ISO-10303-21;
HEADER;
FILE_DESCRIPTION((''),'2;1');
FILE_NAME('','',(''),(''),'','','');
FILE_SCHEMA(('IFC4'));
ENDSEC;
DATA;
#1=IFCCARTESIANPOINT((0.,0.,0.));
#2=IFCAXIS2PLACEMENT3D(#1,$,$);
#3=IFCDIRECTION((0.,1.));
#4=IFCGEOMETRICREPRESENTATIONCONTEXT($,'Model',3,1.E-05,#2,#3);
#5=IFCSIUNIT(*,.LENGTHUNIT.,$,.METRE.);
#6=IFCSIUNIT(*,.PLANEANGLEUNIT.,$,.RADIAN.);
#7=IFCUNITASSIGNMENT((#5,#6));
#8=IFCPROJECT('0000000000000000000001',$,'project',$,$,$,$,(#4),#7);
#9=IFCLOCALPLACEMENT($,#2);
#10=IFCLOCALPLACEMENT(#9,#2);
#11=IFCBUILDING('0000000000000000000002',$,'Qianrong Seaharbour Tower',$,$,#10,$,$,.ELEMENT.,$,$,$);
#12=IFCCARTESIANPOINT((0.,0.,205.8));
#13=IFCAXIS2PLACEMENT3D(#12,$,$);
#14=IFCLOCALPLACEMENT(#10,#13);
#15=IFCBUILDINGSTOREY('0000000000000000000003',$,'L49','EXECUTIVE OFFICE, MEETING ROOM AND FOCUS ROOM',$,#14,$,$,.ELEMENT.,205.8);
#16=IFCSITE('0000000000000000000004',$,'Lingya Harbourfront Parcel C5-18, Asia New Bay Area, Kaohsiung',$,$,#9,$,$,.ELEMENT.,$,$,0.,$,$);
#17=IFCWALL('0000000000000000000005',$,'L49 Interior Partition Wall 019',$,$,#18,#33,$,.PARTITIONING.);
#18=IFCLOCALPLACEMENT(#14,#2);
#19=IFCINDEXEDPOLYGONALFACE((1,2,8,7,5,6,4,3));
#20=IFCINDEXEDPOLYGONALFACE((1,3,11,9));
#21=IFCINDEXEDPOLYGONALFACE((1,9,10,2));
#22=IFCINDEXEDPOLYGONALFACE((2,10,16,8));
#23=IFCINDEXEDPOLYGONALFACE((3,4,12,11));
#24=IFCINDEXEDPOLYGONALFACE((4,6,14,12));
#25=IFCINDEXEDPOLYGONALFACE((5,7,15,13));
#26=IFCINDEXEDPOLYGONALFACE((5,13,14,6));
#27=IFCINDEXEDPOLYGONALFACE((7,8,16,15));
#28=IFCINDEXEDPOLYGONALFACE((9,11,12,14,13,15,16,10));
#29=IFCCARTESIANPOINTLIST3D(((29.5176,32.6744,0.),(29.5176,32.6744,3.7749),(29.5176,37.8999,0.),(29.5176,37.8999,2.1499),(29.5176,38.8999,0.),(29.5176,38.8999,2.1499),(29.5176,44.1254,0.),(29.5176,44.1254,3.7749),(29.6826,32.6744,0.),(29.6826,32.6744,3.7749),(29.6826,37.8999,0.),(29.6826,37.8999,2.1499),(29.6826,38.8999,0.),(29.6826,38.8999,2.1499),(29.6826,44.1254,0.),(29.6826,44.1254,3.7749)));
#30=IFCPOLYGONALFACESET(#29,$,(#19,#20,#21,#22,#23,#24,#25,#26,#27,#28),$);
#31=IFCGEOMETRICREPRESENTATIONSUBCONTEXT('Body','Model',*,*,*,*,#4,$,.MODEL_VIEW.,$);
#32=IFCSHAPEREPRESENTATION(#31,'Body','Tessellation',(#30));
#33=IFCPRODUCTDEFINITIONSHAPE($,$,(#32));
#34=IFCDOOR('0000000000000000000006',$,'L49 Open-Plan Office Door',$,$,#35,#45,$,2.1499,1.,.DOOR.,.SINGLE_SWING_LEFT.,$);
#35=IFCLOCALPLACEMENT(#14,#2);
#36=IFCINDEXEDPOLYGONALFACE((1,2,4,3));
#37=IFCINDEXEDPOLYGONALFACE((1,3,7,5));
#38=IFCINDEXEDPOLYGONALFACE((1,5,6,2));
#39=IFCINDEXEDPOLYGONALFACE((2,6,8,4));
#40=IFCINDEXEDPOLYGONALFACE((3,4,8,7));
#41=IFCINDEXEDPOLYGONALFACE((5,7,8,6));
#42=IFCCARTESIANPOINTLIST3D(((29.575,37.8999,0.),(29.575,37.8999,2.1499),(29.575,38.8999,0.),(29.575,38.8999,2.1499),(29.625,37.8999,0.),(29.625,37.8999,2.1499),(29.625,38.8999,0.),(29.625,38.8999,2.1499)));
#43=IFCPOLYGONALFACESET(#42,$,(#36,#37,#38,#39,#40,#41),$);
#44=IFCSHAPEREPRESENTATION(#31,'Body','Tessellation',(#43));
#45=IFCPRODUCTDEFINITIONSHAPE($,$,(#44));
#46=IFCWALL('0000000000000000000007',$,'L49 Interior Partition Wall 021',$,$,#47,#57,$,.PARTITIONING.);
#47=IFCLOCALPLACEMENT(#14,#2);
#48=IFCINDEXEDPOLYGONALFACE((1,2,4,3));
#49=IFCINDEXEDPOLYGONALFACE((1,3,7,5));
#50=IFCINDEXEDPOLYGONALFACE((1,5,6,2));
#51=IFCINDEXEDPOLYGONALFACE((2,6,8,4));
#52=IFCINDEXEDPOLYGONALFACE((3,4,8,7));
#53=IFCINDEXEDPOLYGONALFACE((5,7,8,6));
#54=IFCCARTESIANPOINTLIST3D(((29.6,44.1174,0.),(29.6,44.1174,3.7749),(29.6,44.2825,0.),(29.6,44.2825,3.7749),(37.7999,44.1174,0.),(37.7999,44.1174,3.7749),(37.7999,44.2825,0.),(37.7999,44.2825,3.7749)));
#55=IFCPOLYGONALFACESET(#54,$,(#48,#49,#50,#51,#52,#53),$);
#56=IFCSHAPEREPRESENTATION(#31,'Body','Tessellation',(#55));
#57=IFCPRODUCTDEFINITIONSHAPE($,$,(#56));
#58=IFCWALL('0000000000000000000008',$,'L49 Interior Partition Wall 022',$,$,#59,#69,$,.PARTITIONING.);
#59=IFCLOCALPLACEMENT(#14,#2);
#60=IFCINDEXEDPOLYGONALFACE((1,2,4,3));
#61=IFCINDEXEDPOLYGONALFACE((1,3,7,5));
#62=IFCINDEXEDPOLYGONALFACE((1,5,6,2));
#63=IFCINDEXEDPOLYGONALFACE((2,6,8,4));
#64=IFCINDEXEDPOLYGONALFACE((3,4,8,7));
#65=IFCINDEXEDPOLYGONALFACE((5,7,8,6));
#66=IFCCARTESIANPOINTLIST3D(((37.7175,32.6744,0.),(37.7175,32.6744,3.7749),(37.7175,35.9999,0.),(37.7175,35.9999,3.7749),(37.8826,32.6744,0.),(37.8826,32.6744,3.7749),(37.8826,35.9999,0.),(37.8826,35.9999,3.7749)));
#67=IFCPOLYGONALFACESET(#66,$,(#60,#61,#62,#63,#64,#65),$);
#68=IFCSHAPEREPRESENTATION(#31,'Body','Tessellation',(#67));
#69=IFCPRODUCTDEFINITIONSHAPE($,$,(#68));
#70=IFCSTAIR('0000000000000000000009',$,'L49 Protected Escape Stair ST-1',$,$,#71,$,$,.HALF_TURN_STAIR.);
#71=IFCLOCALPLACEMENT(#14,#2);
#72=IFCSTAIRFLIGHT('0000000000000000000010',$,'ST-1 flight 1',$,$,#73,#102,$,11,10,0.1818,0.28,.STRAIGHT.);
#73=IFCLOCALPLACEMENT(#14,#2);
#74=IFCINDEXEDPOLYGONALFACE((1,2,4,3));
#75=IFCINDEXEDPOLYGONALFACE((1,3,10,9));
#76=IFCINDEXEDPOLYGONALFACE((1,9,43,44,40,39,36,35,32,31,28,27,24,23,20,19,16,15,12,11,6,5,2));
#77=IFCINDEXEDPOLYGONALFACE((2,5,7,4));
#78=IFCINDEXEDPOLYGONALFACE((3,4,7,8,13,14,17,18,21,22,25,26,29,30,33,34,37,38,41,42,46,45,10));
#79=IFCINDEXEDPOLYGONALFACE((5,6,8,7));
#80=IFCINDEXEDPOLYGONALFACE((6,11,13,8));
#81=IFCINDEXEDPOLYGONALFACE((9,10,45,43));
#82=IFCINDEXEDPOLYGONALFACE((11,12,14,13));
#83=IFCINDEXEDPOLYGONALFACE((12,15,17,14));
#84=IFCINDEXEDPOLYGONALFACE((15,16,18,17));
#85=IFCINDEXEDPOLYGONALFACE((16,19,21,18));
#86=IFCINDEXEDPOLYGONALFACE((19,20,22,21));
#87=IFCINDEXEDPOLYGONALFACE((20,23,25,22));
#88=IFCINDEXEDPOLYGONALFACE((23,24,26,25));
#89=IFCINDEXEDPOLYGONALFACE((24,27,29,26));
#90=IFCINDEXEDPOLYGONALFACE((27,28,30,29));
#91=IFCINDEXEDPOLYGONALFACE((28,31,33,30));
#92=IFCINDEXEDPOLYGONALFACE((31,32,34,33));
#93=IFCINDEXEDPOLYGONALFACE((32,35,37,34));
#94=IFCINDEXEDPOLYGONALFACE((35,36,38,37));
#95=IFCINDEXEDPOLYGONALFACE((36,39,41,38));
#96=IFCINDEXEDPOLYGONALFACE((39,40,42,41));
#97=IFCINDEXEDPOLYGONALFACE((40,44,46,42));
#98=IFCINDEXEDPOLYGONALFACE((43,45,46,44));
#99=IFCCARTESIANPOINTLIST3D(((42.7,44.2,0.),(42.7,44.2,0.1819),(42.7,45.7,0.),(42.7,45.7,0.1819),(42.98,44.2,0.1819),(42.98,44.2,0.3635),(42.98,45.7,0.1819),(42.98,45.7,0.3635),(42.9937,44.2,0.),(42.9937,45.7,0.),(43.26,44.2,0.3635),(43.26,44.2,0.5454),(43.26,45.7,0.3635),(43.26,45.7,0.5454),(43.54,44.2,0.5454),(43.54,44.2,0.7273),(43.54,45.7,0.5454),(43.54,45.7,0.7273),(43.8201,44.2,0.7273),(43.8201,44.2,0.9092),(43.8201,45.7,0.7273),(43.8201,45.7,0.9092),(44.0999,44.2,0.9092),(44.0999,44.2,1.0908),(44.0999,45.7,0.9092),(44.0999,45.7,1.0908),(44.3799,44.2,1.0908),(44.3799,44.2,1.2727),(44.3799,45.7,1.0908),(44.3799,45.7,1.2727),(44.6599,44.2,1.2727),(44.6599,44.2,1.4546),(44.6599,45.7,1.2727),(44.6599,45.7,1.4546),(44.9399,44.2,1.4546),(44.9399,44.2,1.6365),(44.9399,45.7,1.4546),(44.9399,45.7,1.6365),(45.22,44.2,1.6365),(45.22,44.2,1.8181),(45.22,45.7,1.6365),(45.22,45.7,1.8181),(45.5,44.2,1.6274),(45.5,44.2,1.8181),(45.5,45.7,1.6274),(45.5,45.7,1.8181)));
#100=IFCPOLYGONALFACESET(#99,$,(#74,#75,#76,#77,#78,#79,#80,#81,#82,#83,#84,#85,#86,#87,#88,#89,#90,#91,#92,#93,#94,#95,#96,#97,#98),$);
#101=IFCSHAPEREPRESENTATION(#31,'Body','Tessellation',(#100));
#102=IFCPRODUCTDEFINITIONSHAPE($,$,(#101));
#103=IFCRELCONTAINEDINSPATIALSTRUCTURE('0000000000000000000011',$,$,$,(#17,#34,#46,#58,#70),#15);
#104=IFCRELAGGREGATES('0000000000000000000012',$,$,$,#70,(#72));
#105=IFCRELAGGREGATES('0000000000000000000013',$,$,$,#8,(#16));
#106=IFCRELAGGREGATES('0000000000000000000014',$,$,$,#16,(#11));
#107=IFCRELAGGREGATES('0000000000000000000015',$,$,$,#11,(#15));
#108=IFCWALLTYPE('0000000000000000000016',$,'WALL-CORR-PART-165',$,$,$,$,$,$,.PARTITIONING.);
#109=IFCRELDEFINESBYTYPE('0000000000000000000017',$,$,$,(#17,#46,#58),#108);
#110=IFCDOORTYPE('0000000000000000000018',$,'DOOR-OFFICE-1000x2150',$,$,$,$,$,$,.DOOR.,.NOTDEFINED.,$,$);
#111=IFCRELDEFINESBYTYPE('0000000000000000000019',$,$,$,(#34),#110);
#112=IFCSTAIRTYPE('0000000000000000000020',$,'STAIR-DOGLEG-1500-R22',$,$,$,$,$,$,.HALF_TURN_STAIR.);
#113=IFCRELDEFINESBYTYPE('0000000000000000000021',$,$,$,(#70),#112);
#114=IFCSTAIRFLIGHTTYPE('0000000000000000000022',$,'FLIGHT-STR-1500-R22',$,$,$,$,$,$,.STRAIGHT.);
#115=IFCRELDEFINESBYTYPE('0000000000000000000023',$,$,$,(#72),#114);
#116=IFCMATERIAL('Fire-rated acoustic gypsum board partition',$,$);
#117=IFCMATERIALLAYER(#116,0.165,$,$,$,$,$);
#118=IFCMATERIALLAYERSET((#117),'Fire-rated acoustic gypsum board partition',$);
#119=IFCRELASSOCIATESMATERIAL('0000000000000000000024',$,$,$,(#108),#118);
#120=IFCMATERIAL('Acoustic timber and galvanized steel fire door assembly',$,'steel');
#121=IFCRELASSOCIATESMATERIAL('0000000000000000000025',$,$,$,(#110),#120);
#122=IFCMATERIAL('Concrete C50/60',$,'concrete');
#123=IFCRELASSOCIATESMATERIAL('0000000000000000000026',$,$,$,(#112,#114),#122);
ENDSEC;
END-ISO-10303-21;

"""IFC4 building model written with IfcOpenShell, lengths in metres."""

from ifc_helpers import new_model, si_unit, direction, frame, frame_2d, origin, place, context, subcontext, project, spatial, polyline, rectangle, outline, extrude, material, layer, layer_set, type_object, element, fill, aggregate, save


model = new_model("IFC4")

# Units and contexts
model_context = context("Model", 3, precision=1e-05, world=origin(), true_north=direction((0.0, 1.0)))
body_context = subcontext(model_context, "Body", "Model", "MODEL_VIEW")
ifc_project = project(units=[si_unit("LENGTHUNIT", "METRE"), si_unit("PLANEANGLEUNIT", "RADIAN")], contexts=[model_context])

# Site, building, storey
site_placement = place(None, origin())
site = spatial("IfcSite", under=ifc_project, at=site_placement, Name="Lingya Harbourfront Parcel C5-18, Asia New Bay Area, Kaohsiung", CompositionType="ELEMENT", RefElevation=0.0)
building_placement = place(site_placement, origin())
building = spatial("IfcBuilding", under=site, at=building_placement, Name="Qianrong Seaharbour Tower", CompositionType="ELEMENT")
storey_placement = place(building_placement, frame((0.0, 0.0, 205.8)))
storey = spatial("IfcBuildingStorey", under=building, at=storey_placement, Name="L49", Description="EXECUTIVE OFFICE, MEETING ROOM AND FOCUS ROOM", CompositionType="ELEMENT", Elevation=205.8)

# Shared definitions
ifc_material_1 = material(Name="Fire-rated acoustic gypsum board partition")
ifc_layer_1 = layer(ifc_material_1, 0.165)
ifc_layer_set_1 = layer_set([ifc_layer_1], Name="Fire-rated acoustic gypsum board partition")
wall_type_1 = type_object("IfcWallType", Name="WALL-CORR-PART-165", PredefinedType="PARTITIONING", material=ifc_layer_set_1)
ifc_material_2 = material(Name="Acoustic timber and galvanized steel fire door assembly", Category="steel")

# Wall, opening, door
wall_1_placement = place(storey_placement, frame((29.6001, 44.1255, 0.0), z_axis=(0.0, 0.0, 1.0), x_axis=(0.0, -1.0, 0.0)))
wall_1 = element("IfcWall", 1, at=wall_1_placement, inside=storey, type_object=wall_type_1, Name="L49 Interior Partition Wall 019", PredefinedType="PARTITIONING", context=body_context, shape_type="SweptSolid", body=[
    extrude(rectangle(XDim=11.4509, YDim=0.165, at=frame_2d((5.7256, 0.0))), origin(), (0.0, 0.0, 1.0), 3.7749),
])
opening_1_placement = place(wall_1_placement, frame((5.2256, 0.0, 0.0)))
opening_1 = element("IfcOpeningElement", 2, at=opening_1_placement, cuts=wall_1, PredefinedType="OPENING", context=body_context, shape_type="SweptSolid", body=[
    extrude(rectangle(XDim=1.0, YDim=2.1499, at=frame_2d((0.5, 1.075))), frame((0.0, 0.0925, 0.0), z_axis=(0.0, -1.0, 0.0), x_axis=(1.0, 0.0, 0.0)), (0.0, 0.0, 1.0), 0.1851),
])
door_type_1 = type_object("IfcDoorType", Name="DOOR-OFFICE-1000x2150", OperationType="NOTDEFINED", PredefinedType="DOOR", material=ifc_material_2)
door_1_placement = place(opening_1_placement, origin())
door_1 = element("IfcDoor", 3, at=door_1_placement, inside=storey, type_object=door_type_1, Name="L49 Open-Plan Office Door", OperationType="SINGLE_SWING_LEFT", OverallHeight=2.1499, OverallWidth=1.0, PredefinedType="DOOR", context=body_context, shape_type="SweptSolid", body=[
    extrude(rectangle(XDim=1.0, YDim=2.1499, at=frame_2d((0.5, 1.075))), frame((0.0, 0.0249, 0.0), z_axis=(0.0, -1.0, 0.0), x_axis=(1.0, 0.0, 0.0)), (0.0, 0.0, 1.0), 0.05),
])
fill(opening_1, door_1)

# Walls
wall_2_placement = place(storey_placement, frame((37.8, 44.2, 0.0), z_axis=(0.0, 0.0, 1.0), x_axis=(-1.0, 0.0, 0.0)))
element("IfcWall", 4, at=wall_2_placement, inside=storey, type_object=wall_type_1, Name="L49 Interior Partition Wall 021", PredefinedType="PARTITIONING", context=body_context, shape_type="SweptSolid", body=[
    extrude(rectangle(XDim=8.2, YDim=0.165, at=frame_2d((4.1001, 0.0))), origin(), (0.0, 0.0, 1.0), 3.7749),
])
wall_3_placement = place(storey_placement, frame((37.8, 32.6746, 0.0), z_axis=(0.0, 0.0, 1.0), x_axis=(0.0, 1.0, 0.0)))
element("IfcWall", 5, at=wall_3_placement, inside=storey, type_object=wall_type_1, Name="L49 Interior Partition Wall 022", PredefinedType="PARTITIONING", context=body_context, shape_type="SweptSolid", body=[
    extrude(rectangle(XDim=3.3254, YDim=0.165, at=frame_2d((1.6626, 0.0))), origin(), (0.0, 0.0, 1.0), 3.7749),
])

# Stair, stair flight
ifc_material_3 = material(Name="Concrete C50/60", Category="concrete")
stair_type = type_object("IfcStairType", Name="STAIR-DOGLEG-1500-R22", PredefinedType="HALF_TURN_STAIR", material=ifc_material_3)
stair_placement = place(storey_placement, origin())
stair = element("IfcStair", 6, at=stair_placement, inside=storey, type_object=stair_type, Name="L49 Protected Escape Stair ST-1", PredefinedType="HALF_TURN_STAIR")
stair_flight_type = type_object("IfcStairFlightType", Name="FLIGHT-STR-1500-R22", PredefinedType="STRAIGHT", material=ifc_material_3)
stair_flight_placement = place(storey_placement, frame((42.7, 44.95, 0.0), z_axis=(0.0, 0.0, 1.0), x_axis=(1.0, 0.0, 0.0)))
stair_flight = element("IfcStairFlight", 7, at=stair_flight_placement, type_object=stair_flight_type, Name="ST-1 flight 1", NumberOfRisers=11, NumberOfTreads=10, PredefinedType="STRAIGHT", RiserHeight=0.1818, TreadLength=0.28, context=body_context, shape_type="SweptSolid", body=[
    extrude(outline(polyline([(0.0, 0.0), (0.0, 0.1819), (0.28, 0.1819), (0.28, 0.3635), (0.5601, 0.3635), (0.5601, 0.5454), (0.8401, 0.5454), (0.8401, 0.7273), (1.1201, 0.7273), (1.1201, 0.9092), (1.3999, 0.9092), (1.3999, 1.0908), (1.6799, 1.0908), (1.6799, 1.2727), (1.96, 1.2727), (1.96, 1.4546), (2.24, 1.4546), (2.24, 1.6365), (2.52, 1.6365), (2.52, 1.8181), (2.8, 1.8181), (2.8, 2.0), (2.8, 1.6274), (0.2937, 0.0), (0.0, 0.0)])), frame((0.0, 0.75, 0.0), z_axis=(0.0, -1.0, 0.0), x_axis=(1.0, 0.0, 0.0)), (0.0, 0.0, 1.0), 1.5),
])
aggregate(stair, [stair_flight])

save(model, "model.ifc")
